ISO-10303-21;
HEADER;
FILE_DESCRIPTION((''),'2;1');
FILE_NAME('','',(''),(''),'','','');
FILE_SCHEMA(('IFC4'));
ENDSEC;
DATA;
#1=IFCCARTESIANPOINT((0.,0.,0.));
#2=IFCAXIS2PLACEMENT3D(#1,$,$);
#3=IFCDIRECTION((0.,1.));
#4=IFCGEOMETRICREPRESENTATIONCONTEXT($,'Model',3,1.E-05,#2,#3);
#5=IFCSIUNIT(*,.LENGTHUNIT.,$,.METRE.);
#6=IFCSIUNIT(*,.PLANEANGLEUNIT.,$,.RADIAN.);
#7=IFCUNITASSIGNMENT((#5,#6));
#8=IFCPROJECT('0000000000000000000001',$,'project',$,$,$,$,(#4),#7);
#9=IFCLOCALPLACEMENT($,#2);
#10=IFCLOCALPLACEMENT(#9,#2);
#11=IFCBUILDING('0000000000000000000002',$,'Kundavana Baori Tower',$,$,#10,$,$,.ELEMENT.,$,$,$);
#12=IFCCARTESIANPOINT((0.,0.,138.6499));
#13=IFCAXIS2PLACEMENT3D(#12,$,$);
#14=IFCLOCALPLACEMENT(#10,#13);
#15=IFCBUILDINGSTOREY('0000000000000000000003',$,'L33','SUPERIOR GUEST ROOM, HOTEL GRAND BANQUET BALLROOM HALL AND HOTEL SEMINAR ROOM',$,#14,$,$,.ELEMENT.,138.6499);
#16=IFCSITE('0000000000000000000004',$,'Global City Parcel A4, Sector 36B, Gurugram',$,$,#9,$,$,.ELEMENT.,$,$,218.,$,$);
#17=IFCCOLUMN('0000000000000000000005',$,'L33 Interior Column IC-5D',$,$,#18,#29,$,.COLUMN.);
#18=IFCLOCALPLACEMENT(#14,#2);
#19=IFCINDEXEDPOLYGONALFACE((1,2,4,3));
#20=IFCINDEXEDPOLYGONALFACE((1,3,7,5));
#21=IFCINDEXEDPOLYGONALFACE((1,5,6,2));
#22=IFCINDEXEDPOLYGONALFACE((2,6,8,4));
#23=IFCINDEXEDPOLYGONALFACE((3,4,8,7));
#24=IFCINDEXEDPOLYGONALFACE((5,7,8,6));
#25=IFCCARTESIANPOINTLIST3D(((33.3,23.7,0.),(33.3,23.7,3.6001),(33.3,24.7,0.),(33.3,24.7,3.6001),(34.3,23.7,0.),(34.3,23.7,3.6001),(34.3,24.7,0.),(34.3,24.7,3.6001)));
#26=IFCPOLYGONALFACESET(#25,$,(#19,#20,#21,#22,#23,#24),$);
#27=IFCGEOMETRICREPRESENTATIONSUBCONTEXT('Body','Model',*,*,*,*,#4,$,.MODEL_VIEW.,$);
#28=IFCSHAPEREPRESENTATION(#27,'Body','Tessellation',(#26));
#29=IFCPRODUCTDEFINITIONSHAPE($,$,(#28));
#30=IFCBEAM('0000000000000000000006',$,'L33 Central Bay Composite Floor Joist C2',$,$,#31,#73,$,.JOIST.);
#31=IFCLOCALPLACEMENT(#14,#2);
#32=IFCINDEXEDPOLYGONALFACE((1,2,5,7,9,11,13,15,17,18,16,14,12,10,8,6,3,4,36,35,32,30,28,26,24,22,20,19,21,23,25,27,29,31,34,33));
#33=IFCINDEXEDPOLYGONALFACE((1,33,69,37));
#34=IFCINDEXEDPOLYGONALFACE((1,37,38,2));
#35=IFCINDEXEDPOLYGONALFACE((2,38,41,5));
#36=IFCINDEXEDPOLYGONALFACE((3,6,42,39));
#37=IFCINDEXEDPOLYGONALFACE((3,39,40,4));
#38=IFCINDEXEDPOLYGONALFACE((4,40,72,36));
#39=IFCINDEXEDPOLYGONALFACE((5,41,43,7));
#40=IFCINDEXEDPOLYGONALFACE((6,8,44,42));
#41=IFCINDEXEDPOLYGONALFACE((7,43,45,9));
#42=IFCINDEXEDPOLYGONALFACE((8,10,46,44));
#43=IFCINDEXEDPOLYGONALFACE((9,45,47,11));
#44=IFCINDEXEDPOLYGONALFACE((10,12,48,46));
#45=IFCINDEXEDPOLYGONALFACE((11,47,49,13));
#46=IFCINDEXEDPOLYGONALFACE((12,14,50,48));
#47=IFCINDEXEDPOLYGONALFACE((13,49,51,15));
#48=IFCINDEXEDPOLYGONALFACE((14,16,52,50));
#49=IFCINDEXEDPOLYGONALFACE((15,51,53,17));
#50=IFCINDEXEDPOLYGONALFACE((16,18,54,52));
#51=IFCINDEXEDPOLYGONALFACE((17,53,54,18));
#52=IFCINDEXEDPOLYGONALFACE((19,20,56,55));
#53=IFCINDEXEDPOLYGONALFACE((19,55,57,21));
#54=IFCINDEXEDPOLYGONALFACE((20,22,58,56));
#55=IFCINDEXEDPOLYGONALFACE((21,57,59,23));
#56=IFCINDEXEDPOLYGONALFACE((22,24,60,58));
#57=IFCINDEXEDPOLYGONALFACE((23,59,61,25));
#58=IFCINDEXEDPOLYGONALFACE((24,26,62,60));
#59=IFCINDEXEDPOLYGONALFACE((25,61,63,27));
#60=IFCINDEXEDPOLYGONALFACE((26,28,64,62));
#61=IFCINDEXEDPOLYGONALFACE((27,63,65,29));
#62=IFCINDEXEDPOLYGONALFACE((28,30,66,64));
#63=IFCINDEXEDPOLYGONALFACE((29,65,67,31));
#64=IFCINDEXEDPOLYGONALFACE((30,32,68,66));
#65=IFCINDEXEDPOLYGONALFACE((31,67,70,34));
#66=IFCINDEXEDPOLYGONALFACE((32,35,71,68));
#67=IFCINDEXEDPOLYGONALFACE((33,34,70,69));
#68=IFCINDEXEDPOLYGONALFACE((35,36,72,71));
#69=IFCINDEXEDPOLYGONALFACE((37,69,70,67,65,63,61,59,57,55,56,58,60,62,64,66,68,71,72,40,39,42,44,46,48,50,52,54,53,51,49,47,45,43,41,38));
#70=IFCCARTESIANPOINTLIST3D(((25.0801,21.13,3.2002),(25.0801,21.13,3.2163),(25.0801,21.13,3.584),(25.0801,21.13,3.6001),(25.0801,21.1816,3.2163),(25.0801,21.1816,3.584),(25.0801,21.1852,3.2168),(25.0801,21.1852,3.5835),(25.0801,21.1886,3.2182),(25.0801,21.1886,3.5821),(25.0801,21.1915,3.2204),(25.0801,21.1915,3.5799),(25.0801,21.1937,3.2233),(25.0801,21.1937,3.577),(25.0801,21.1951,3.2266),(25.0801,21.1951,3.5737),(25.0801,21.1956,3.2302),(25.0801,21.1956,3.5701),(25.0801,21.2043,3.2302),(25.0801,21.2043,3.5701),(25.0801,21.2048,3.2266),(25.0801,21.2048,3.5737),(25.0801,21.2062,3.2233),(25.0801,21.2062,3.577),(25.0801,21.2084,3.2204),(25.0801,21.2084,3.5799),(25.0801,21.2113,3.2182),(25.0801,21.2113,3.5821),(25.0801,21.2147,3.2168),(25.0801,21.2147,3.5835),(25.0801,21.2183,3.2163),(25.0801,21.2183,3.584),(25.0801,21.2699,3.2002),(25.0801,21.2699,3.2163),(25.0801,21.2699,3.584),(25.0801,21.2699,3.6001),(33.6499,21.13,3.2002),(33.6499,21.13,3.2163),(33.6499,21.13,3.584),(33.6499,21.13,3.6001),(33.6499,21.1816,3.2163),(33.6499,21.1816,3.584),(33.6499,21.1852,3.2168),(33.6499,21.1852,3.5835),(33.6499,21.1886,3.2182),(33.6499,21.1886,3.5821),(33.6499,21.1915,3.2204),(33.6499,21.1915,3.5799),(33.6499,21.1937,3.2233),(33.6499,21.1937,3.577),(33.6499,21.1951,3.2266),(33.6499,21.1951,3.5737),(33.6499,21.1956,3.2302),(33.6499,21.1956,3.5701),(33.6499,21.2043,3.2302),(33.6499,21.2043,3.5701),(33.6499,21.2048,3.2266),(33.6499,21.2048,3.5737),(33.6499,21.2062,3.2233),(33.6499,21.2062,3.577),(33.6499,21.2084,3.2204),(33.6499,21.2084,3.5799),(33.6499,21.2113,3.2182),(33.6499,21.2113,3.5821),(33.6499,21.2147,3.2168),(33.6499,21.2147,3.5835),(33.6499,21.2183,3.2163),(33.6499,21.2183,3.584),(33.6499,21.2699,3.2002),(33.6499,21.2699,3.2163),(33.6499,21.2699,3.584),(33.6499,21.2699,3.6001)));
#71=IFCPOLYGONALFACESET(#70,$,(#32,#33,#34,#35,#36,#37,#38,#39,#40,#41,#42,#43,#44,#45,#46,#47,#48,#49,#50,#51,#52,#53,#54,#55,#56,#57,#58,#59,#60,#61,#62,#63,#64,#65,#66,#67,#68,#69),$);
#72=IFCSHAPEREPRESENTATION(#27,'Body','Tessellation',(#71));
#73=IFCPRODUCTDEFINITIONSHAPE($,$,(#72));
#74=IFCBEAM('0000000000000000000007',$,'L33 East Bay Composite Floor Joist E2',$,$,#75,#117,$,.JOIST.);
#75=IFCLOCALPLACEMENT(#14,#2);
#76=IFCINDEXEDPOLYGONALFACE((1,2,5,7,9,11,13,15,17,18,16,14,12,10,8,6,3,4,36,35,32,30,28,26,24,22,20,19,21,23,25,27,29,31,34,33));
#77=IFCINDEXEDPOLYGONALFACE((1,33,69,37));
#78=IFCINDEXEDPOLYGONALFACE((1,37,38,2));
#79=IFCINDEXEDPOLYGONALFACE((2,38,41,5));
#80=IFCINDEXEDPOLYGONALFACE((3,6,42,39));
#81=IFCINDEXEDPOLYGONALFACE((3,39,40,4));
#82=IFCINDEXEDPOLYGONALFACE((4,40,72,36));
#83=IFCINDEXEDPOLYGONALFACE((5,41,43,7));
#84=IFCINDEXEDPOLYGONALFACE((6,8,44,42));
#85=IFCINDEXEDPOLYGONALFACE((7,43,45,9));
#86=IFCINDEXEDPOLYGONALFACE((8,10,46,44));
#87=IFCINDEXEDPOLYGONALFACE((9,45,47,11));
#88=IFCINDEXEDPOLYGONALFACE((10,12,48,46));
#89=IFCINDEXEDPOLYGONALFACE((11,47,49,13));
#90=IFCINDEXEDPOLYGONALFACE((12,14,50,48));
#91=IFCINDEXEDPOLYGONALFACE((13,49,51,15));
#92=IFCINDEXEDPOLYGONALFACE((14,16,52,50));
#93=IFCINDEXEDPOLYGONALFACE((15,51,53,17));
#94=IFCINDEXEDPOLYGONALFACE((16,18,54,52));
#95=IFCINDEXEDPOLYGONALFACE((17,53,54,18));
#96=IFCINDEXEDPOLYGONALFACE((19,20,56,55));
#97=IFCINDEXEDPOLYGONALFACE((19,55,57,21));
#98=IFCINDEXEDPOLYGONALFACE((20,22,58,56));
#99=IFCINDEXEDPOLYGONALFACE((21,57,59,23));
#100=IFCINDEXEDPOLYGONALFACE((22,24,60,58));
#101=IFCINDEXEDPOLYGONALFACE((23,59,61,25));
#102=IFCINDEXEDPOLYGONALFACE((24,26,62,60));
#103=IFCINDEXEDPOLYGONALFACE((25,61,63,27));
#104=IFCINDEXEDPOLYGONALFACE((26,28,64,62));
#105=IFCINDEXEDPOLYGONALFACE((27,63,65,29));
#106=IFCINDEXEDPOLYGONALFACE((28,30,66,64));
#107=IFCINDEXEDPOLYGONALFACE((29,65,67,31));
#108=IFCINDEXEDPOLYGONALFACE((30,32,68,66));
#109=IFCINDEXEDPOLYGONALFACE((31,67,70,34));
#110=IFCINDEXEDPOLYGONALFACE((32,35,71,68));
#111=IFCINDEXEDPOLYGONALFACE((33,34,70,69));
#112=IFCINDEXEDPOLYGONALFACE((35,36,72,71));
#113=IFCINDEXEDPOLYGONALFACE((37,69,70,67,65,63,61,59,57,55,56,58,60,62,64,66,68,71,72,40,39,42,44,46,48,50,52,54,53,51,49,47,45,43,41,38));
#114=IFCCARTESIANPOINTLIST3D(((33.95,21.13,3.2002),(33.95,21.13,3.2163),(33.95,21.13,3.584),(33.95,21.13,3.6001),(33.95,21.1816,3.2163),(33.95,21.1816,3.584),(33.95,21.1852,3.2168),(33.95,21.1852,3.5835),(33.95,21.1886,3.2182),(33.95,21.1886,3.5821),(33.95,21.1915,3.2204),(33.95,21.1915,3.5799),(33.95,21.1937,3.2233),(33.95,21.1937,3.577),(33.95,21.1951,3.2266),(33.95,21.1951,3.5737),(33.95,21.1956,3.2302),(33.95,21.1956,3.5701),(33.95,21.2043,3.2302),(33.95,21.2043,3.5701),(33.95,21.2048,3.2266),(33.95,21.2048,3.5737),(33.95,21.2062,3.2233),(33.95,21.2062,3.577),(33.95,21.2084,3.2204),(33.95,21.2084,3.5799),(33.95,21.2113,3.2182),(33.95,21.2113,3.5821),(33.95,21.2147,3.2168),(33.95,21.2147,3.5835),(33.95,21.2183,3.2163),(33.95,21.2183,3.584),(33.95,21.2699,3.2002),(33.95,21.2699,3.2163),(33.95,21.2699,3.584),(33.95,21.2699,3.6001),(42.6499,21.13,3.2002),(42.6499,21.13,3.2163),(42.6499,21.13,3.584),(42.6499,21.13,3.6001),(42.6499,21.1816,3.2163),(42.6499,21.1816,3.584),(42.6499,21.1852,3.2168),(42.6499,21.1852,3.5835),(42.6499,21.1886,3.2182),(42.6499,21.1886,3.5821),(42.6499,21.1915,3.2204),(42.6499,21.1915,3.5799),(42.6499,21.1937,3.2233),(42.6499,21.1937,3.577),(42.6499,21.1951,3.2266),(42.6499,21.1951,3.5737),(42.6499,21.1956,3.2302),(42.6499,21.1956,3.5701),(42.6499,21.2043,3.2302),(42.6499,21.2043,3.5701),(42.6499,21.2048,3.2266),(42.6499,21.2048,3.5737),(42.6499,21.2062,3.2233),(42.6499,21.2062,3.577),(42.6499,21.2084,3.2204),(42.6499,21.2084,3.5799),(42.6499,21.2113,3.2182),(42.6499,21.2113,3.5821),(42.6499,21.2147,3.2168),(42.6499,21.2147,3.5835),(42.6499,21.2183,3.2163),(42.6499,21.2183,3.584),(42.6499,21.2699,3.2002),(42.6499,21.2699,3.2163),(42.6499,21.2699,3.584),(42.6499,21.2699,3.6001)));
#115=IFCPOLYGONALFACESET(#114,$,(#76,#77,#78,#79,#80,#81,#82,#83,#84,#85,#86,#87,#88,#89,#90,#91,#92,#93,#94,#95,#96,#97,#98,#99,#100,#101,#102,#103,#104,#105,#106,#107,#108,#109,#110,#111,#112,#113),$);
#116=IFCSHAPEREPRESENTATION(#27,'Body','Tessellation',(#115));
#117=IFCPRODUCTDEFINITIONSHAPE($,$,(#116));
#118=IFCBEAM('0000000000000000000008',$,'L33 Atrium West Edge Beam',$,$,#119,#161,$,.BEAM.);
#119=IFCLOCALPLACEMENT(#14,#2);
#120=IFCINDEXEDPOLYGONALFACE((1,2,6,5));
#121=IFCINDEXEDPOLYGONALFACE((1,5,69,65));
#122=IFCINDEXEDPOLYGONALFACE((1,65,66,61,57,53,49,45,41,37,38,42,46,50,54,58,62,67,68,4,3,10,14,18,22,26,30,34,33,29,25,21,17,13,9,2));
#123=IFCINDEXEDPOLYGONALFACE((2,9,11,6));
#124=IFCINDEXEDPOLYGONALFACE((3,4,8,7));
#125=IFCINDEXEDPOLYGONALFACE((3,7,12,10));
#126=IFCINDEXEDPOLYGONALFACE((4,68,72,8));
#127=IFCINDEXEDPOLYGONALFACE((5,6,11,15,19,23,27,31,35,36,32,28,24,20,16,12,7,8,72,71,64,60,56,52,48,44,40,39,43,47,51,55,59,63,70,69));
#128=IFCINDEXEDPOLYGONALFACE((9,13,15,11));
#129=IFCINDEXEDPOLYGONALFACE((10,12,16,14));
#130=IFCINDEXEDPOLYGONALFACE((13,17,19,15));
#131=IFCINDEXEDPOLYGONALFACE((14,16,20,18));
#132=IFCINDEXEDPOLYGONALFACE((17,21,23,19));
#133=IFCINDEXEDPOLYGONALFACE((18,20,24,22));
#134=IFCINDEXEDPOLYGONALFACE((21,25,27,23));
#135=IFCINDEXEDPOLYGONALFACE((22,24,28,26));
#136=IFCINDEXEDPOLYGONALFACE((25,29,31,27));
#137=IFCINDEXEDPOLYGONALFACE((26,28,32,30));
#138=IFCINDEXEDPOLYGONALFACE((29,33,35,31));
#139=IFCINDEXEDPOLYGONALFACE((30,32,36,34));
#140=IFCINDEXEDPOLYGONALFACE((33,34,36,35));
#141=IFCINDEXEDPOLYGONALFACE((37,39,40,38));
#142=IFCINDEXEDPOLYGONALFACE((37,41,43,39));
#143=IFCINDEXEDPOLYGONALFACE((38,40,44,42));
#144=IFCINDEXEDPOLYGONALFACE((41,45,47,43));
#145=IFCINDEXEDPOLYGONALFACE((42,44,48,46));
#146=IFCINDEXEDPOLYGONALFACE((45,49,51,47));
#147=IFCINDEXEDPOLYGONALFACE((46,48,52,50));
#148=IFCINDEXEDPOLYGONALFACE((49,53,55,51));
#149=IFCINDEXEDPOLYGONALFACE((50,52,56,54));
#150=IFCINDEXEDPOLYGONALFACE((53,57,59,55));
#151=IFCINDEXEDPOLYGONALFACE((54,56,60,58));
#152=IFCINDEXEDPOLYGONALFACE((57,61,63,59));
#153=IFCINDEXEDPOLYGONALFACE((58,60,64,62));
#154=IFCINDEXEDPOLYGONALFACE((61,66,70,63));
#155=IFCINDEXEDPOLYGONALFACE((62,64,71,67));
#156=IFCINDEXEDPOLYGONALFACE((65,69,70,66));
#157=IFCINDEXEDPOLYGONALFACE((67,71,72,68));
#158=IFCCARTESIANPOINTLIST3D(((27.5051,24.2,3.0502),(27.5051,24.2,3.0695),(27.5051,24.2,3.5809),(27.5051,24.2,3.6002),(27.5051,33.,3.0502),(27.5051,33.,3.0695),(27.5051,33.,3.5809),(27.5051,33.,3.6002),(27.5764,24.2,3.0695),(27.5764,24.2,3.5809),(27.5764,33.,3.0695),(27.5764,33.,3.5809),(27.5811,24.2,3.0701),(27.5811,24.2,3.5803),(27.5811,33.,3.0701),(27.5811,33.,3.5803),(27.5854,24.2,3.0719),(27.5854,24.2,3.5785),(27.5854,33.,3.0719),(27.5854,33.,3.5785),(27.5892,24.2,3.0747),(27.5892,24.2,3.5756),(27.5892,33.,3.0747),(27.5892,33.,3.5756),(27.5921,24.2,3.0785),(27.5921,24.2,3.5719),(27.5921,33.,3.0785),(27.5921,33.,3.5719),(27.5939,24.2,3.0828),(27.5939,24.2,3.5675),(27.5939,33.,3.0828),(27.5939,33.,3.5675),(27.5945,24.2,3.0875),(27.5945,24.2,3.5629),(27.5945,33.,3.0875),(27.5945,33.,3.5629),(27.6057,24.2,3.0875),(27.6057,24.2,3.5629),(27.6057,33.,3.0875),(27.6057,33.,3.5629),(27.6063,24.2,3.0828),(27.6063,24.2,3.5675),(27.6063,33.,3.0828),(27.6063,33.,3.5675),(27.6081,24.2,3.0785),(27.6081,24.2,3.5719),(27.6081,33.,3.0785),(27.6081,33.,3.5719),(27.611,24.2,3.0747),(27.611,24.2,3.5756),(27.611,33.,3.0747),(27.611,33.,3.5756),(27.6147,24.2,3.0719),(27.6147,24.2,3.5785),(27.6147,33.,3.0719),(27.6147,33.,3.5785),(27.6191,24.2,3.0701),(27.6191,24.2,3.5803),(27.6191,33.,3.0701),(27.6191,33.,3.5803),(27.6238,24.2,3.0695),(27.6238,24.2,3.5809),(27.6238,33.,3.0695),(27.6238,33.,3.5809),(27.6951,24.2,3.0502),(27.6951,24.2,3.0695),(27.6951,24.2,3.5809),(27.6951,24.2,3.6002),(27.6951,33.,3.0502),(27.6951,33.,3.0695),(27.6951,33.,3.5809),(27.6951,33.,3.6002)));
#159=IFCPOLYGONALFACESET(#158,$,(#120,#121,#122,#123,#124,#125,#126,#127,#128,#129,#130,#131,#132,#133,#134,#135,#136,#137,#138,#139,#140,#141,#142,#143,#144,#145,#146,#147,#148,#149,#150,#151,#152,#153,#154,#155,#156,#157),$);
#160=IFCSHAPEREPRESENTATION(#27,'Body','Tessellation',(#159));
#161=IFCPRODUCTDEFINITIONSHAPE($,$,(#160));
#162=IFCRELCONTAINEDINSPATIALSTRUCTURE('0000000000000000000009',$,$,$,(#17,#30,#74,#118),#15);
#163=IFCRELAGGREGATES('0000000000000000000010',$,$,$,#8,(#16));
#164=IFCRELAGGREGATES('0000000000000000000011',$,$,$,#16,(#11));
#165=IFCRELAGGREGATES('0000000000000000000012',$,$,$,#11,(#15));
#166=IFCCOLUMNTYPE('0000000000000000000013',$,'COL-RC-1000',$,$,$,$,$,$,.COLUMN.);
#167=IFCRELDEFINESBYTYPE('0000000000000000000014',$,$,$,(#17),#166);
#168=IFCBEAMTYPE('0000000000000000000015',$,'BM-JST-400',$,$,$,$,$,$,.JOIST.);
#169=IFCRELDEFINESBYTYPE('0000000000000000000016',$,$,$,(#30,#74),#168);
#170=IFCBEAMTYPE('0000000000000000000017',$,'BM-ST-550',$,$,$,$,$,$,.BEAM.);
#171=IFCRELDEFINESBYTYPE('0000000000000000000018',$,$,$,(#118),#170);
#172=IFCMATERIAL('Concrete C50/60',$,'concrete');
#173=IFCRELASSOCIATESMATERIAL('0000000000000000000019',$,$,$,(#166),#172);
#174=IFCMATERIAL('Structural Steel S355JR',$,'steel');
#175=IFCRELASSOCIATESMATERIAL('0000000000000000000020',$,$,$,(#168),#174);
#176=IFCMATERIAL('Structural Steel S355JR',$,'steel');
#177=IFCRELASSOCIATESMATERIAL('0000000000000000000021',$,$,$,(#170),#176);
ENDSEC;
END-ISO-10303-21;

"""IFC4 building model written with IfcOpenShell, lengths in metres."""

from ifc_helpers import new_model, si_unit, direction, frame, origin, origin_2d, place, context, subcontext, project, spatial, rectangle, i_section, extrude, material, material_profile, profile_set, type_object, element, save


model = new_model("IFC4")

# Units and contexts
model_context = context("Model", 3, precision=1e-05, world=origin(), true_north=direction((0.0, 1.0)))
body_context = subcontext(model_context, "Body", "Model", "MODEL_VIEW")
ifc_project = project(units=[si_unit("LENGTHUNIT", "METRE"), si_unit("PLANEANGLEUNIT", "RADIAN")], contexts=[model_context])

# Site, building, storey
site_placement = place(None, origin())
site = spatial("IfcSite", under=ifc_project, at=site_placement, Name="Global City Parcel A4, Sector 36B, Gurugram", CompositionType="ELEMENT", RefElevation=218.0)
building_placement = place(site_placement, origin())
building = spatial("IfcBuilding", under=site, at=building_placement, Name="Kundavana Baori Tower", CompositionType="ELEMENT")
storey_placement = place(building_placement, frame((0.0, 0.0, 138.6499)))
storey = spatial("IfcBuildingStorey", under=building, at=storey_placement, Name="L33", Description="SUPERIOR GUEST ROOM, HOTEL GRAND BANQUET BALLROOM HALL AND HOTEL SEMINAR ROOM", CompositionType="ELEMENT", Elevation=138.6499)

# Column
ifc_material_1 = material(Name="Concrete C50/60", Category="concrete")
ifc_material_profile_1 = material_profile(ifc_material_1, rectangle(XDim=1.0, YDim=1.0, at=origin_2d()), Name="RC 1000x1000")
ifc_profile_set_1 = profile_set([ifc_material_profile_1], Name="Concrete C50/60")
column_type = type_object("IfcColumnType", Name="COL-RC-1000", PredefinedType="COLUMN", material=ifc_profile_set_1)
column_placement = place(storey_placement, frame((33.8, 24.2, 0.0), z_axis=(0.0, 0.0, 1.0), x_axis=(1.0, 0.0, 0.0)))
element("IfcColumn", 1, at=column_placement, inside=storey, type_object=column_type, Name="L33 Interior Column IC-5D", PredefinedType="COLUMN", context=body_context, shape_type="SweptSolid", body=[
    extrude(rectangle(XDim=1.0, YDim=1.0, at=origin_2d()), origin(), (0.0, 0.0, 1.0), 3.6001),
])

# Beams
ifc_material_2 = material(Name="Structural Steel S355JR", Category="steel")
ifc_material_profile_2 = material_profile(ifc_material_2, i_section(OverallWidth=0.1399, OverallDepth=0.3999, WebThickness=0.0088, FlangeThickness=0.0161, FilletRadius=0.0139, at=origin_2d()), Name="ISMB 400")
ifc_profile_set_2 = profile_set([ifc_material_profile_2], Name="Structural Steel S355JR")
beam_type_1 = type_object("IfcBeamType", Name="BM-JST-400", PredefinedType="JOIST", material=ifc_profile_set_2)
beam_1_placement = place(storey_placement, frame((25.0801, 21.2, 3.4001), z_axis=(1.0, 0.0, 0.0), x_axis=(0.0, 1.0, 0.0)))
element("IfcBeam", 2, at=beam_1_placement, inside=storey, type_object=beam_type_1, Name="L33 Central Bay Composite Floor Joist C2", PredefinedType="JOIST", context=body_context, shape_type="SweptSolid", body=[
    extrude(i_section(OverallWidth=0.1399, OverallDepth=0.3999, WebThickness=0.0088, FlangeThickness=0.0161, FilletRadius=0.0139, at=origin_2d()), origin(), (0.0, 0.0, 1.0), 8.5698),
])
beam_2_placement = place(storey_placement, frame((33.95, 21.2, 3.4001), z_axis=(1.0, 0.0, 0.0), x_axis=(0.0, 1.0, 0.0)))
element("IfcBeam", 3, at=beam_2_placement, inside=storey, type_object=beam_type_1, Name="L33 East Bay Composite Floor Joist E2", PredefinedType="JOIST", context=body_context, shape_type="SweptSolid", body=[
    extrude(i_section(OverallWidth=0.1399, OverallDepth=0.3999, WebThickness=0.0088, FlangeThickness=0.0161, FilletRadius=0.0139, at=origin_2d()), origin(), (0.0, 0.0, 1.0), 8.7),
])
ifc_material_3 = material(Name="Structural Steel S355JR", Category="steel")
ifc_material_profile_3 = material_profile(ifc_material_3, i_section(OverallWidth=0.1899, OverallDepth=0.55, WebThickness=0.0112, FlangeThickness=0.0193, FilletRadius=0.0181, at=origin_2d()), Name="ISMB 550")
ifc_profile_set_3 = profile_set([ifc_material_profile_3], Name="Structural Steel S355JR")
beam_type_2 = type_object("IfcBeamType", Name="BM-ST-550", PredefinedType="BEAM", material=ifc_profile_set_3)
for number, where, z_axis, x_axis, name in (
    (4, (27.6001, 24.2, 3.3252), (0.0, 1.0, 0.0), (-1.0, 0.0, 0.0), "L33 Atrium West Edge Beam"),
):
    element("IfcBeam", number, at=place(storey_placement, frame(where, z_axis=z_axis, x_axis=x_axis)), inside=storey, type_object=beam_type_2, Name=name, PredefinedType="BEAM", context=body_context, shape_type="SweptSolid", body=[
        extrude(i_section(OverallWidth=0.1899, OverallDepth=0.55, WebThickness=0.0112, FlangeThickness=0.0193, FilletRadius=0.0181, at=origin_2d()), origin(), (0.0, 0.0, 1.0), 8.8),
    ])

save(model, "model.ifc")
